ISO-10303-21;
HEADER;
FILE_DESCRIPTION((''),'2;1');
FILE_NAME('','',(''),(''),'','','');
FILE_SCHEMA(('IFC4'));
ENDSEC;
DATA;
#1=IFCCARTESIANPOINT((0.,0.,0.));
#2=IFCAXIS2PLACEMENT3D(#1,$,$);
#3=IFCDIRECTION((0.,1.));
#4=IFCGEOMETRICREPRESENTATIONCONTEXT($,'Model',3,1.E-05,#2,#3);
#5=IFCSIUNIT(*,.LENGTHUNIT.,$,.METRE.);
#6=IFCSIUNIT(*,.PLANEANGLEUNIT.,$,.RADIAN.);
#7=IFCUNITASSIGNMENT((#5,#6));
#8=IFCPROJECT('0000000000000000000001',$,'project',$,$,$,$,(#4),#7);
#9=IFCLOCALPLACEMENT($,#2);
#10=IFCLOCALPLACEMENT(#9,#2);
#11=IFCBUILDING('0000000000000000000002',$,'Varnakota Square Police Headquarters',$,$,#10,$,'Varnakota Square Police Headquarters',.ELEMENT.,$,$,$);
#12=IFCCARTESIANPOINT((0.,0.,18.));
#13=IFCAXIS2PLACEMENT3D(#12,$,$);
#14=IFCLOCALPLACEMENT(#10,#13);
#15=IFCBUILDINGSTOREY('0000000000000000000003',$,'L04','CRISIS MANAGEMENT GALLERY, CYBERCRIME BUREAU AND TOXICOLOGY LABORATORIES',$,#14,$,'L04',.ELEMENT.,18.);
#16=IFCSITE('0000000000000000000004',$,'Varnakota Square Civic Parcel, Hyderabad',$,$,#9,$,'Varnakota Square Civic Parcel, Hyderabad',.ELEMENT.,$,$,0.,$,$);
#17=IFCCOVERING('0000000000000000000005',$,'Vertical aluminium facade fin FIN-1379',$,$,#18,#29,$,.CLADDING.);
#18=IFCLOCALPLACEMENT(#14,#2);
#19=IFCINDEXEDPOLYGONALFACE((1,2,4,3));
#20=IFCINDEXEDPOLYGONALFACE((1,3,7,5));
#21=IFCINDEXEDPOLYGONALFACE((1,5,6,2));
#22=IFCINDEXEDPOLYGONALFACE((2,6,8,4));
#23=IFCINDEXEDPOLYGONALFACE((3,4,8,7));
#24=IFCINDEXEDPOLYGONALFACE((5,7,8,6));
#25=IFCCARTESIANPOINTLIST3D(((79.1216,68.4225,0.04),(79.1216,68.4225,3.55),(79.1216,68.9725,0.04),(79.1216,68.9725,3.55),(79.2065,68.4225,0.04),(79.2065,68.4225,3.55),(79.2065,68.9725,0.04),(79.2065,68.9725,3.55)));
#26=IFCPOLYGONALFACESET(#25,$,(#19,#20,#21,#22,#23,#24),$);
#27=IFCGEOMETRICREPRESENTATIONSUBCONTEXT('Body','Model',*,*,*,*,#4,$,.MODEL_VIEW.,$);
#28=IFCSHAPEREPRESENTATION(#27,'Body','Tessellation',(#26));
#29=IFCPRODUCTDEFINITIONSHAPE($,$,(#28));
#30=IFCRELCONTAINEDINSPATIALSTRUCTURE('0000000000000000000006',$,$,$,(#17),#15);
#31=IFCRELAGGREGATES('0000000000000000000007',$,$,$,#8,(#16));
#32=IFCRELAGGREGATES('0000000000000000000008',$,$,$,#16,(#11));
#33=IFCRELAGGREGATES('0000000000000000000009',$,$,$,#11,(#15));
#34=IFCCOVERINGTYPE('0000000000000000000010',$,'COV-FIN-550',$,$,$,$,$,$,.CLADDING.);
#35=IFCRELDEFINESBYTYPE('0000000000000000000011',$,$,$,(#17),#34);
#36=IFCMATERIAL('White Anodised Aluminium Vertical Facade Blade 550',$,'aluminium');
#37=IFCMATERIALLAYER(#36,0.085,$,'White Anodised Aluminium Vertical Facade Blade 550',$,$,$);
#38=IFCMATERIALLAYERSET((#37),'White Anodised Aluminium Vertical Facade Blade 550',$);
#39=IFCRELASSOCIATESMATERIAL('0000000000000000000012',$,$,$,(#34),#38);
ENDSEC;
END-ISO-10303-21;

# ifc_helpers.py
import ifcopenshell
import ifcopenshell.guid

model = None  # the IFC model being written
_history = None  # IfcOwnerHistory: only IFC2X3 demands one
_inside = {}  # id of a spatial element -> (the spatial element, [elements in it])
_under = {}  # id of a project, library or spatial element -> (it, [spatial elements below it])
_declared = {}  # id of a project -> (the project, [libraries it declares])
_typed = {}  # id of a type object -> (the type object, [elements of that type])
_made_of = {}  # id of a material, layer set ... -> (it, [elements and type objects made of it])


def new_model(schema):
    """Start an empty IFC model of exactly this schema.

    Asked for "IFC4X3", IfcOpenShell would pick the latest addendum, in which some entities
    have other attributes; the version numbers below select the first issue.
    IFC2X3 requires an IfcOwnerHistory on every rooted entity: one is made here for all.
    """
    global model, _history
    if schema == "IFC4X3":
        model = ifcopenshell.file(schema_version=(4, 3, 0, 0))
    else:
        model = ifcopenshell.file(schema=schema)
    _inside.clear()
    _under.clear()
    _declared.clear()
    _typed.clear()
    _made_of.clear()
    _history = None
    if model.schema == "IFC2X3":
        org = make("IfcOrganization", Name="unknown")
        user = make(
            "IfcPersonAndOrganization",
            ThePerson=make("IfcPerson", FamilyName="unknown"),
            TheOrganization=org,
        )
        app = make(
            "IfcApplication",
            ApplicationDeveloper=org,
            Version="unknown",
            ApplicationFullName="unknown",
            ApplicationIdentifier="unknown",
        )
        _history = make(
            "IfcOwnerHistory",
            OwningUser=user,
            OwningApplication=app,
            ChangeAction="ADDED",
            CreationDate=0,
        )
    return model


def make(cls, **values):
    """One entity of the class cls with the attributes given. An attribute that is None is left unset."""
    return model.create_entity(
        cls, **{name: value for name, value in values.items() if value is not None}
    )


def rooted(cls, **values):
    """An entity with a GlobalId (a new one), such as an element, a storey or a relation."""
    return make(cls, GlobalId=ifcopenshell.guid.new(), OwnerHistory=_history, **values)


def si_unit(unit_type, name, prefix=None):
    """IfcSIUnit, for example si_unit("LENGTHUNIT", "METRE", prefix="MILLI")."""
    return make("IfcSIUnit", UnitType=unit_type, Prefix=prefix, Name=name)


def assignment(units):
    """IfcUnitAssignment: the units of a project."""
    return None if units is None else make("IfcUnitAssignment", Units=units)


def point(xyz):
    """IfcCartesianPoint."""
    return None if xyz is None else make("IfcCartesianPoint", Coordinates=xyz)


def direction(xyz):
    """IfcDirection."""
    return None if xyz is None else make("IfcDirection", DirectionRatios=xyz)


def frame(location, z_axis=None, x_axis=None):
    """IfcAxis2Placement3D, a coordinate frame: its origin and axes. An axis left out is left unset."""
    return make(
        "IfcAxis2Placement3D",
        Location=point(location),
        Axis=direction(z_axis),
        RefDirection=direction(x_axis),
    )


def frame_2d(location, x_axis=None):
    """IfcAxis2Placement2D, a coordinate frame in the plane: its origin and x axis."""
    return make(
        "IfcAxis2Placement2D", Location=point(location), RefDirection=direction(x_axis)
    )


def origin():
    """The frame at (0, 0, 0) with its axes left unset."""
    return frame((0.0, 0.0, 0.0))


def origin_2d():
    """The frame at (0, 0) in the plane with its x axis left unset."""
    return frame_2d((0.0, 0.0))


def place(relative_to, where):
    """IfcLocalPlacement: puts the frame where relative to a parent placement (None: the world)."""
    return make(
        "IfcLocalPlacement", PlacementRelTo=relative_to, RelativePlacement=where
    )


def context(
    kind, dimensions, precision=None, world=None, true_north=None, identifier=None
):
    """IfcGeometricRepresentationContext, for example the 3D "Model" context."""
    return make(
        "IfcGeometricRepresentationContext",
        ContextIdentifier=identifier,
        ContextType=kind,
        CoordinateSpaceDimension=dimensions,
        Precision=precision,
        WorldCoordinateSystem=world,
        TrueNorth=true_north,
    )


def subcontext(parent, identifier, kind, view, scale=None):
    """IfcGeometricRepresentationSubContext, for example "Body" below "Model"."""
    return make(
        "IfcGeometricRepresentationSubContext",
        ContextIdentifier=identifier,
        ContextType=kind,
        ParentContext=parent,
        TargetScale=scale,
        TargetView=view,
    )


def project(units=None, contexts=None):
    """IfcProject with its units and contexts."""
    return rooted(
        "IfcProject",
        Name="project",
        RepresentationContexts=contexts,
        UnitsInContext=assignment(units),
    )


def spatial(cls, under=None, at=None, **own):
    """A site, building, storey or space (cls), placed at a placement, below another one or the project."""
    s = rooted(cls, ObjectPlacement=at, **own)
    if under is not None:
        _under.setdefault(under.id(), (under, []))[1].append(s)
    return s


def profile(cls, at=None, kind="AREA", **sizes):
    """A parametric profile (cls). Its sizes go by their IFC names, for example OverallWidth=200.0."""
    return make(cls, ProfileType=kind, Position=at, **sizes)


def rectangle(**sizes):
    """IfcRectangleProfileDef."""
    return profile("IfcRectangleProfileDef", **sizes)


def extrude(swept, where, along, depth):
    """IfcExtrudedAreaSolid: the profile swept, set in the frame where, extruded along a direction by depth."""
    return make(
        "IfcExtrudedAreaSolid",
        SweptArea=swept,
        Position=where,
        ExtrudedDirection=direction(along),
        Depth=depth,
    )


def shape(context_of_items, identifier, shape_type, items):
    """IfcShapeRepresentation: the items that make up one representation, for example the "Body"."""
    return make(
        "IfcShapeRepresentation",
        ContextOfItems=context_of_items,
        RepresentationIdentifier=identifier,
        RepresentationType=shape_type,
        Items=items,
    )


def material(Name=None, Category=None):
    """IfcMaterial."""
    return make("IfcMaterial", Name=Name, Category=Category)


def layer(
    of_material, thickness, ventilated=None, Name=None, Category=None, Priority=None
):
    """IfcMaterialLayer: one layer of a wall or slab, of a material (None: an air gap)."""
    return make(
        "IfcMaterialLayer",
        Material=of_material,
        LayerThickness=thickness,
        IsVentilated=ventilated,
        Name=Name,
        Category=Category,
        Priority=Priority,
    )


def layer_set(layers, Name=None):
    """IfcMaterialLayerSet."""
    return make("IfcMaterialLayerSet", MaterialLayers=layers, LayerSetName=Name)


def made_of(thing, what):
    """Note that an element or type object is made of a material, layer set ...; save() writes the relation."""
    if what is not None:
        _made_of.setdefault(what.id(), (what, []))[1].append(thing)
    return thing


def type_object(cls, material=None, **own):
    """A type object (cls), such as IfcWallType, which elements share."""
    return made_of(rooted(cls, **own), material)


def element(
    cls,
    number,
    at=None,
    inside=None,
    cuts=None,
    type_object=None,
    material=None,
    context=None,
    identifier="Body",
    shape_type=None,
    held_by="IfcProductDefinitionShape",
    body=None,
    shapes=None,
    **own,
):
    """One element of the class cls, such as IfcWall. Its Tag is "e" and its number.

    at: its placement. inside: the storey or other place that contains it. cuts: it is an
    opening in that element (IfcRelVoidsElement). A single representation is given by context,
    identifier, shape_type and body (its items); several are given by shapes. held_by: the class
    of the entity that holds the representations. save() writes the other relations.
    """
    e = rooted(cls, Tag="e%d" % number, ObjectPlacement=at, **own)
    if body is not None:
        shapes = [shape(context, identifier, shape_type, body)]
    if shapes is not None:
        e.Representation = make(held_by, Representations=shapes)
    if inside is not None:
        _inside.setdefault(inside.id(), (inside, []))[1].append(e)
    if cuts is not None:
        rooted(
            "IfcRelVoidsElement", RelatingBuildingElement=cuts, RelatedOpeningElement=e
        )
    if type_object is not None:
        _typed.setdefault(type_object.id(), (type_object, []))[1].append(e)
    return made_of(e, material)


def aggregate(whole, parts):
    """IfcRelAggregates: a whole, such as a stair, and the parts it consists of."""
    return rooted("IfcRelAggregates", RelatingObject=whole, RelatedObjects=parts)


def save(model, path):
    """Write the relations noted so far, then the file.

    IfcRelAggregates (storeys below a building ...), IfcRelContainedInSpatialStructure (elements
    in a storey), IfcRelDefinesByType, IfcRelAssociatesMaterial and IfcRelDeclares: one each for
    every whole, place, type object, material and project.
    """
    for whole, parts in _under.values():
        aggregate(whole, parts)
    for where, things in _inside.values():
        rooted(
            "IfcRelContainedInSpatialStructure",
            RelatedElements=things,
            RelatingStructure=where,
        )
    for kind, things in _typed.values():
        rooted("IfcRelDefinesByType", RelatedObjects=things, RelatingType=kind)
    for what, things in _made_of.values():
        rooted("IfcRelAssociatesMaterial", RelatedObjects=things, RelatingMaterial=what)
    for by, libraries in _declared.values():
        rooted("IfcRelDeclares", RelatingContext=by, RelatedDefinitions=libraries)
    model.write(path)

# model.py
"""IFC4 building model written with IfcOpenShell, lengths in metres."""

from ifc_helpers import new_model, si_unit, direction, frame, origin, origin_2d, place, context, subcontext, project, spatial, rectangle, extrude, material, layer, layer_set, type_object, element, save


model = new_model("IFC4")

# Units and contexts
model_context = context("Model", 3, precision=1e-05, world=origin(), true_north=direction((0.0, 1.0)))
body_context = subcontext(model_context, "Body", "Model", "MODEL_VIEW")
ifc_project = project(units=[si_unit("LENGTHUNIT", "METRE"), si_unit("PLANEANGLEUNIT", "RADIAN")], contexts=[model_context])

# Site, building, storey
site_placement = place(None, origin())
site = spatial("IfcSite", under=ifc_project, at=site_placement, Name="Varnakota Square Civic Parcel, Hyderabad", LongName="Varnakota Square Civic Parcel, Hyderabad", CompositionType="ELEMENT", RefElevation=0.0)
building_placement = place(site_placement, origin())
building = spatial("IfcBuilding", under=site, at=building_placement, Name="Varnakota Square Police Headquarters", LongName="Varnakota Square Police Headquarters", CompositionType="ELEMENT")
storey_placement = place(building_placement, frame((0.0, 0.0, 18.0)))
storey = spatial("IfcBuildingStorey", under=building, at=storey_placement, Name="L04", Description="CRISIS MANAGEMENT GALLERY, CYBERCRIME BUREAU AND TOXICOLOGY LABORATORIES", LongName="L04", CompositionType="ELEMENT", Elevation=18.0)

# Covering
ifc_material_1 = material(Name="White Anodised Aluminium Vertical Facade Blade 550", Category="aluminium")
ifc_layer_1 = layer(ifc_material_1, 0.085, Name="White Anodised Aluminium Vertical Facade Blade 550")
ifc_layer_set_1 = layer_set([ifc_layer_1], Name="White Anodised Aluminium Vertical Facade Blade 550")
covering_type_1 = type_object("IfcCoveringType", Name="COV-FIN-550", PredefinedType="CLADDING", material=ifc_layer_set_1)
covering_1_placement = place(storey_placement, frame((79.1641, 68.6975, 0.04), z_axis=(0.0, 0.0, 1.0), x_axis=(1.0, 0.0, 0.0)))
element("IfcCovering", 1, at=covering_1_placement, inside=storey, type_object=covering_type_1, Name="Vertical aluminium facade fin FIN-1379", PredefinedType="CLADDING", context=body_context, shape_type="SweptSolid", body=[
    extrude(rectangle(XDim=0.085, YDim=0.55, at=origin_2d()), origin(), (0.0, 0.0, 1.0), 3.51),
])

save(model, "model.ifc")
